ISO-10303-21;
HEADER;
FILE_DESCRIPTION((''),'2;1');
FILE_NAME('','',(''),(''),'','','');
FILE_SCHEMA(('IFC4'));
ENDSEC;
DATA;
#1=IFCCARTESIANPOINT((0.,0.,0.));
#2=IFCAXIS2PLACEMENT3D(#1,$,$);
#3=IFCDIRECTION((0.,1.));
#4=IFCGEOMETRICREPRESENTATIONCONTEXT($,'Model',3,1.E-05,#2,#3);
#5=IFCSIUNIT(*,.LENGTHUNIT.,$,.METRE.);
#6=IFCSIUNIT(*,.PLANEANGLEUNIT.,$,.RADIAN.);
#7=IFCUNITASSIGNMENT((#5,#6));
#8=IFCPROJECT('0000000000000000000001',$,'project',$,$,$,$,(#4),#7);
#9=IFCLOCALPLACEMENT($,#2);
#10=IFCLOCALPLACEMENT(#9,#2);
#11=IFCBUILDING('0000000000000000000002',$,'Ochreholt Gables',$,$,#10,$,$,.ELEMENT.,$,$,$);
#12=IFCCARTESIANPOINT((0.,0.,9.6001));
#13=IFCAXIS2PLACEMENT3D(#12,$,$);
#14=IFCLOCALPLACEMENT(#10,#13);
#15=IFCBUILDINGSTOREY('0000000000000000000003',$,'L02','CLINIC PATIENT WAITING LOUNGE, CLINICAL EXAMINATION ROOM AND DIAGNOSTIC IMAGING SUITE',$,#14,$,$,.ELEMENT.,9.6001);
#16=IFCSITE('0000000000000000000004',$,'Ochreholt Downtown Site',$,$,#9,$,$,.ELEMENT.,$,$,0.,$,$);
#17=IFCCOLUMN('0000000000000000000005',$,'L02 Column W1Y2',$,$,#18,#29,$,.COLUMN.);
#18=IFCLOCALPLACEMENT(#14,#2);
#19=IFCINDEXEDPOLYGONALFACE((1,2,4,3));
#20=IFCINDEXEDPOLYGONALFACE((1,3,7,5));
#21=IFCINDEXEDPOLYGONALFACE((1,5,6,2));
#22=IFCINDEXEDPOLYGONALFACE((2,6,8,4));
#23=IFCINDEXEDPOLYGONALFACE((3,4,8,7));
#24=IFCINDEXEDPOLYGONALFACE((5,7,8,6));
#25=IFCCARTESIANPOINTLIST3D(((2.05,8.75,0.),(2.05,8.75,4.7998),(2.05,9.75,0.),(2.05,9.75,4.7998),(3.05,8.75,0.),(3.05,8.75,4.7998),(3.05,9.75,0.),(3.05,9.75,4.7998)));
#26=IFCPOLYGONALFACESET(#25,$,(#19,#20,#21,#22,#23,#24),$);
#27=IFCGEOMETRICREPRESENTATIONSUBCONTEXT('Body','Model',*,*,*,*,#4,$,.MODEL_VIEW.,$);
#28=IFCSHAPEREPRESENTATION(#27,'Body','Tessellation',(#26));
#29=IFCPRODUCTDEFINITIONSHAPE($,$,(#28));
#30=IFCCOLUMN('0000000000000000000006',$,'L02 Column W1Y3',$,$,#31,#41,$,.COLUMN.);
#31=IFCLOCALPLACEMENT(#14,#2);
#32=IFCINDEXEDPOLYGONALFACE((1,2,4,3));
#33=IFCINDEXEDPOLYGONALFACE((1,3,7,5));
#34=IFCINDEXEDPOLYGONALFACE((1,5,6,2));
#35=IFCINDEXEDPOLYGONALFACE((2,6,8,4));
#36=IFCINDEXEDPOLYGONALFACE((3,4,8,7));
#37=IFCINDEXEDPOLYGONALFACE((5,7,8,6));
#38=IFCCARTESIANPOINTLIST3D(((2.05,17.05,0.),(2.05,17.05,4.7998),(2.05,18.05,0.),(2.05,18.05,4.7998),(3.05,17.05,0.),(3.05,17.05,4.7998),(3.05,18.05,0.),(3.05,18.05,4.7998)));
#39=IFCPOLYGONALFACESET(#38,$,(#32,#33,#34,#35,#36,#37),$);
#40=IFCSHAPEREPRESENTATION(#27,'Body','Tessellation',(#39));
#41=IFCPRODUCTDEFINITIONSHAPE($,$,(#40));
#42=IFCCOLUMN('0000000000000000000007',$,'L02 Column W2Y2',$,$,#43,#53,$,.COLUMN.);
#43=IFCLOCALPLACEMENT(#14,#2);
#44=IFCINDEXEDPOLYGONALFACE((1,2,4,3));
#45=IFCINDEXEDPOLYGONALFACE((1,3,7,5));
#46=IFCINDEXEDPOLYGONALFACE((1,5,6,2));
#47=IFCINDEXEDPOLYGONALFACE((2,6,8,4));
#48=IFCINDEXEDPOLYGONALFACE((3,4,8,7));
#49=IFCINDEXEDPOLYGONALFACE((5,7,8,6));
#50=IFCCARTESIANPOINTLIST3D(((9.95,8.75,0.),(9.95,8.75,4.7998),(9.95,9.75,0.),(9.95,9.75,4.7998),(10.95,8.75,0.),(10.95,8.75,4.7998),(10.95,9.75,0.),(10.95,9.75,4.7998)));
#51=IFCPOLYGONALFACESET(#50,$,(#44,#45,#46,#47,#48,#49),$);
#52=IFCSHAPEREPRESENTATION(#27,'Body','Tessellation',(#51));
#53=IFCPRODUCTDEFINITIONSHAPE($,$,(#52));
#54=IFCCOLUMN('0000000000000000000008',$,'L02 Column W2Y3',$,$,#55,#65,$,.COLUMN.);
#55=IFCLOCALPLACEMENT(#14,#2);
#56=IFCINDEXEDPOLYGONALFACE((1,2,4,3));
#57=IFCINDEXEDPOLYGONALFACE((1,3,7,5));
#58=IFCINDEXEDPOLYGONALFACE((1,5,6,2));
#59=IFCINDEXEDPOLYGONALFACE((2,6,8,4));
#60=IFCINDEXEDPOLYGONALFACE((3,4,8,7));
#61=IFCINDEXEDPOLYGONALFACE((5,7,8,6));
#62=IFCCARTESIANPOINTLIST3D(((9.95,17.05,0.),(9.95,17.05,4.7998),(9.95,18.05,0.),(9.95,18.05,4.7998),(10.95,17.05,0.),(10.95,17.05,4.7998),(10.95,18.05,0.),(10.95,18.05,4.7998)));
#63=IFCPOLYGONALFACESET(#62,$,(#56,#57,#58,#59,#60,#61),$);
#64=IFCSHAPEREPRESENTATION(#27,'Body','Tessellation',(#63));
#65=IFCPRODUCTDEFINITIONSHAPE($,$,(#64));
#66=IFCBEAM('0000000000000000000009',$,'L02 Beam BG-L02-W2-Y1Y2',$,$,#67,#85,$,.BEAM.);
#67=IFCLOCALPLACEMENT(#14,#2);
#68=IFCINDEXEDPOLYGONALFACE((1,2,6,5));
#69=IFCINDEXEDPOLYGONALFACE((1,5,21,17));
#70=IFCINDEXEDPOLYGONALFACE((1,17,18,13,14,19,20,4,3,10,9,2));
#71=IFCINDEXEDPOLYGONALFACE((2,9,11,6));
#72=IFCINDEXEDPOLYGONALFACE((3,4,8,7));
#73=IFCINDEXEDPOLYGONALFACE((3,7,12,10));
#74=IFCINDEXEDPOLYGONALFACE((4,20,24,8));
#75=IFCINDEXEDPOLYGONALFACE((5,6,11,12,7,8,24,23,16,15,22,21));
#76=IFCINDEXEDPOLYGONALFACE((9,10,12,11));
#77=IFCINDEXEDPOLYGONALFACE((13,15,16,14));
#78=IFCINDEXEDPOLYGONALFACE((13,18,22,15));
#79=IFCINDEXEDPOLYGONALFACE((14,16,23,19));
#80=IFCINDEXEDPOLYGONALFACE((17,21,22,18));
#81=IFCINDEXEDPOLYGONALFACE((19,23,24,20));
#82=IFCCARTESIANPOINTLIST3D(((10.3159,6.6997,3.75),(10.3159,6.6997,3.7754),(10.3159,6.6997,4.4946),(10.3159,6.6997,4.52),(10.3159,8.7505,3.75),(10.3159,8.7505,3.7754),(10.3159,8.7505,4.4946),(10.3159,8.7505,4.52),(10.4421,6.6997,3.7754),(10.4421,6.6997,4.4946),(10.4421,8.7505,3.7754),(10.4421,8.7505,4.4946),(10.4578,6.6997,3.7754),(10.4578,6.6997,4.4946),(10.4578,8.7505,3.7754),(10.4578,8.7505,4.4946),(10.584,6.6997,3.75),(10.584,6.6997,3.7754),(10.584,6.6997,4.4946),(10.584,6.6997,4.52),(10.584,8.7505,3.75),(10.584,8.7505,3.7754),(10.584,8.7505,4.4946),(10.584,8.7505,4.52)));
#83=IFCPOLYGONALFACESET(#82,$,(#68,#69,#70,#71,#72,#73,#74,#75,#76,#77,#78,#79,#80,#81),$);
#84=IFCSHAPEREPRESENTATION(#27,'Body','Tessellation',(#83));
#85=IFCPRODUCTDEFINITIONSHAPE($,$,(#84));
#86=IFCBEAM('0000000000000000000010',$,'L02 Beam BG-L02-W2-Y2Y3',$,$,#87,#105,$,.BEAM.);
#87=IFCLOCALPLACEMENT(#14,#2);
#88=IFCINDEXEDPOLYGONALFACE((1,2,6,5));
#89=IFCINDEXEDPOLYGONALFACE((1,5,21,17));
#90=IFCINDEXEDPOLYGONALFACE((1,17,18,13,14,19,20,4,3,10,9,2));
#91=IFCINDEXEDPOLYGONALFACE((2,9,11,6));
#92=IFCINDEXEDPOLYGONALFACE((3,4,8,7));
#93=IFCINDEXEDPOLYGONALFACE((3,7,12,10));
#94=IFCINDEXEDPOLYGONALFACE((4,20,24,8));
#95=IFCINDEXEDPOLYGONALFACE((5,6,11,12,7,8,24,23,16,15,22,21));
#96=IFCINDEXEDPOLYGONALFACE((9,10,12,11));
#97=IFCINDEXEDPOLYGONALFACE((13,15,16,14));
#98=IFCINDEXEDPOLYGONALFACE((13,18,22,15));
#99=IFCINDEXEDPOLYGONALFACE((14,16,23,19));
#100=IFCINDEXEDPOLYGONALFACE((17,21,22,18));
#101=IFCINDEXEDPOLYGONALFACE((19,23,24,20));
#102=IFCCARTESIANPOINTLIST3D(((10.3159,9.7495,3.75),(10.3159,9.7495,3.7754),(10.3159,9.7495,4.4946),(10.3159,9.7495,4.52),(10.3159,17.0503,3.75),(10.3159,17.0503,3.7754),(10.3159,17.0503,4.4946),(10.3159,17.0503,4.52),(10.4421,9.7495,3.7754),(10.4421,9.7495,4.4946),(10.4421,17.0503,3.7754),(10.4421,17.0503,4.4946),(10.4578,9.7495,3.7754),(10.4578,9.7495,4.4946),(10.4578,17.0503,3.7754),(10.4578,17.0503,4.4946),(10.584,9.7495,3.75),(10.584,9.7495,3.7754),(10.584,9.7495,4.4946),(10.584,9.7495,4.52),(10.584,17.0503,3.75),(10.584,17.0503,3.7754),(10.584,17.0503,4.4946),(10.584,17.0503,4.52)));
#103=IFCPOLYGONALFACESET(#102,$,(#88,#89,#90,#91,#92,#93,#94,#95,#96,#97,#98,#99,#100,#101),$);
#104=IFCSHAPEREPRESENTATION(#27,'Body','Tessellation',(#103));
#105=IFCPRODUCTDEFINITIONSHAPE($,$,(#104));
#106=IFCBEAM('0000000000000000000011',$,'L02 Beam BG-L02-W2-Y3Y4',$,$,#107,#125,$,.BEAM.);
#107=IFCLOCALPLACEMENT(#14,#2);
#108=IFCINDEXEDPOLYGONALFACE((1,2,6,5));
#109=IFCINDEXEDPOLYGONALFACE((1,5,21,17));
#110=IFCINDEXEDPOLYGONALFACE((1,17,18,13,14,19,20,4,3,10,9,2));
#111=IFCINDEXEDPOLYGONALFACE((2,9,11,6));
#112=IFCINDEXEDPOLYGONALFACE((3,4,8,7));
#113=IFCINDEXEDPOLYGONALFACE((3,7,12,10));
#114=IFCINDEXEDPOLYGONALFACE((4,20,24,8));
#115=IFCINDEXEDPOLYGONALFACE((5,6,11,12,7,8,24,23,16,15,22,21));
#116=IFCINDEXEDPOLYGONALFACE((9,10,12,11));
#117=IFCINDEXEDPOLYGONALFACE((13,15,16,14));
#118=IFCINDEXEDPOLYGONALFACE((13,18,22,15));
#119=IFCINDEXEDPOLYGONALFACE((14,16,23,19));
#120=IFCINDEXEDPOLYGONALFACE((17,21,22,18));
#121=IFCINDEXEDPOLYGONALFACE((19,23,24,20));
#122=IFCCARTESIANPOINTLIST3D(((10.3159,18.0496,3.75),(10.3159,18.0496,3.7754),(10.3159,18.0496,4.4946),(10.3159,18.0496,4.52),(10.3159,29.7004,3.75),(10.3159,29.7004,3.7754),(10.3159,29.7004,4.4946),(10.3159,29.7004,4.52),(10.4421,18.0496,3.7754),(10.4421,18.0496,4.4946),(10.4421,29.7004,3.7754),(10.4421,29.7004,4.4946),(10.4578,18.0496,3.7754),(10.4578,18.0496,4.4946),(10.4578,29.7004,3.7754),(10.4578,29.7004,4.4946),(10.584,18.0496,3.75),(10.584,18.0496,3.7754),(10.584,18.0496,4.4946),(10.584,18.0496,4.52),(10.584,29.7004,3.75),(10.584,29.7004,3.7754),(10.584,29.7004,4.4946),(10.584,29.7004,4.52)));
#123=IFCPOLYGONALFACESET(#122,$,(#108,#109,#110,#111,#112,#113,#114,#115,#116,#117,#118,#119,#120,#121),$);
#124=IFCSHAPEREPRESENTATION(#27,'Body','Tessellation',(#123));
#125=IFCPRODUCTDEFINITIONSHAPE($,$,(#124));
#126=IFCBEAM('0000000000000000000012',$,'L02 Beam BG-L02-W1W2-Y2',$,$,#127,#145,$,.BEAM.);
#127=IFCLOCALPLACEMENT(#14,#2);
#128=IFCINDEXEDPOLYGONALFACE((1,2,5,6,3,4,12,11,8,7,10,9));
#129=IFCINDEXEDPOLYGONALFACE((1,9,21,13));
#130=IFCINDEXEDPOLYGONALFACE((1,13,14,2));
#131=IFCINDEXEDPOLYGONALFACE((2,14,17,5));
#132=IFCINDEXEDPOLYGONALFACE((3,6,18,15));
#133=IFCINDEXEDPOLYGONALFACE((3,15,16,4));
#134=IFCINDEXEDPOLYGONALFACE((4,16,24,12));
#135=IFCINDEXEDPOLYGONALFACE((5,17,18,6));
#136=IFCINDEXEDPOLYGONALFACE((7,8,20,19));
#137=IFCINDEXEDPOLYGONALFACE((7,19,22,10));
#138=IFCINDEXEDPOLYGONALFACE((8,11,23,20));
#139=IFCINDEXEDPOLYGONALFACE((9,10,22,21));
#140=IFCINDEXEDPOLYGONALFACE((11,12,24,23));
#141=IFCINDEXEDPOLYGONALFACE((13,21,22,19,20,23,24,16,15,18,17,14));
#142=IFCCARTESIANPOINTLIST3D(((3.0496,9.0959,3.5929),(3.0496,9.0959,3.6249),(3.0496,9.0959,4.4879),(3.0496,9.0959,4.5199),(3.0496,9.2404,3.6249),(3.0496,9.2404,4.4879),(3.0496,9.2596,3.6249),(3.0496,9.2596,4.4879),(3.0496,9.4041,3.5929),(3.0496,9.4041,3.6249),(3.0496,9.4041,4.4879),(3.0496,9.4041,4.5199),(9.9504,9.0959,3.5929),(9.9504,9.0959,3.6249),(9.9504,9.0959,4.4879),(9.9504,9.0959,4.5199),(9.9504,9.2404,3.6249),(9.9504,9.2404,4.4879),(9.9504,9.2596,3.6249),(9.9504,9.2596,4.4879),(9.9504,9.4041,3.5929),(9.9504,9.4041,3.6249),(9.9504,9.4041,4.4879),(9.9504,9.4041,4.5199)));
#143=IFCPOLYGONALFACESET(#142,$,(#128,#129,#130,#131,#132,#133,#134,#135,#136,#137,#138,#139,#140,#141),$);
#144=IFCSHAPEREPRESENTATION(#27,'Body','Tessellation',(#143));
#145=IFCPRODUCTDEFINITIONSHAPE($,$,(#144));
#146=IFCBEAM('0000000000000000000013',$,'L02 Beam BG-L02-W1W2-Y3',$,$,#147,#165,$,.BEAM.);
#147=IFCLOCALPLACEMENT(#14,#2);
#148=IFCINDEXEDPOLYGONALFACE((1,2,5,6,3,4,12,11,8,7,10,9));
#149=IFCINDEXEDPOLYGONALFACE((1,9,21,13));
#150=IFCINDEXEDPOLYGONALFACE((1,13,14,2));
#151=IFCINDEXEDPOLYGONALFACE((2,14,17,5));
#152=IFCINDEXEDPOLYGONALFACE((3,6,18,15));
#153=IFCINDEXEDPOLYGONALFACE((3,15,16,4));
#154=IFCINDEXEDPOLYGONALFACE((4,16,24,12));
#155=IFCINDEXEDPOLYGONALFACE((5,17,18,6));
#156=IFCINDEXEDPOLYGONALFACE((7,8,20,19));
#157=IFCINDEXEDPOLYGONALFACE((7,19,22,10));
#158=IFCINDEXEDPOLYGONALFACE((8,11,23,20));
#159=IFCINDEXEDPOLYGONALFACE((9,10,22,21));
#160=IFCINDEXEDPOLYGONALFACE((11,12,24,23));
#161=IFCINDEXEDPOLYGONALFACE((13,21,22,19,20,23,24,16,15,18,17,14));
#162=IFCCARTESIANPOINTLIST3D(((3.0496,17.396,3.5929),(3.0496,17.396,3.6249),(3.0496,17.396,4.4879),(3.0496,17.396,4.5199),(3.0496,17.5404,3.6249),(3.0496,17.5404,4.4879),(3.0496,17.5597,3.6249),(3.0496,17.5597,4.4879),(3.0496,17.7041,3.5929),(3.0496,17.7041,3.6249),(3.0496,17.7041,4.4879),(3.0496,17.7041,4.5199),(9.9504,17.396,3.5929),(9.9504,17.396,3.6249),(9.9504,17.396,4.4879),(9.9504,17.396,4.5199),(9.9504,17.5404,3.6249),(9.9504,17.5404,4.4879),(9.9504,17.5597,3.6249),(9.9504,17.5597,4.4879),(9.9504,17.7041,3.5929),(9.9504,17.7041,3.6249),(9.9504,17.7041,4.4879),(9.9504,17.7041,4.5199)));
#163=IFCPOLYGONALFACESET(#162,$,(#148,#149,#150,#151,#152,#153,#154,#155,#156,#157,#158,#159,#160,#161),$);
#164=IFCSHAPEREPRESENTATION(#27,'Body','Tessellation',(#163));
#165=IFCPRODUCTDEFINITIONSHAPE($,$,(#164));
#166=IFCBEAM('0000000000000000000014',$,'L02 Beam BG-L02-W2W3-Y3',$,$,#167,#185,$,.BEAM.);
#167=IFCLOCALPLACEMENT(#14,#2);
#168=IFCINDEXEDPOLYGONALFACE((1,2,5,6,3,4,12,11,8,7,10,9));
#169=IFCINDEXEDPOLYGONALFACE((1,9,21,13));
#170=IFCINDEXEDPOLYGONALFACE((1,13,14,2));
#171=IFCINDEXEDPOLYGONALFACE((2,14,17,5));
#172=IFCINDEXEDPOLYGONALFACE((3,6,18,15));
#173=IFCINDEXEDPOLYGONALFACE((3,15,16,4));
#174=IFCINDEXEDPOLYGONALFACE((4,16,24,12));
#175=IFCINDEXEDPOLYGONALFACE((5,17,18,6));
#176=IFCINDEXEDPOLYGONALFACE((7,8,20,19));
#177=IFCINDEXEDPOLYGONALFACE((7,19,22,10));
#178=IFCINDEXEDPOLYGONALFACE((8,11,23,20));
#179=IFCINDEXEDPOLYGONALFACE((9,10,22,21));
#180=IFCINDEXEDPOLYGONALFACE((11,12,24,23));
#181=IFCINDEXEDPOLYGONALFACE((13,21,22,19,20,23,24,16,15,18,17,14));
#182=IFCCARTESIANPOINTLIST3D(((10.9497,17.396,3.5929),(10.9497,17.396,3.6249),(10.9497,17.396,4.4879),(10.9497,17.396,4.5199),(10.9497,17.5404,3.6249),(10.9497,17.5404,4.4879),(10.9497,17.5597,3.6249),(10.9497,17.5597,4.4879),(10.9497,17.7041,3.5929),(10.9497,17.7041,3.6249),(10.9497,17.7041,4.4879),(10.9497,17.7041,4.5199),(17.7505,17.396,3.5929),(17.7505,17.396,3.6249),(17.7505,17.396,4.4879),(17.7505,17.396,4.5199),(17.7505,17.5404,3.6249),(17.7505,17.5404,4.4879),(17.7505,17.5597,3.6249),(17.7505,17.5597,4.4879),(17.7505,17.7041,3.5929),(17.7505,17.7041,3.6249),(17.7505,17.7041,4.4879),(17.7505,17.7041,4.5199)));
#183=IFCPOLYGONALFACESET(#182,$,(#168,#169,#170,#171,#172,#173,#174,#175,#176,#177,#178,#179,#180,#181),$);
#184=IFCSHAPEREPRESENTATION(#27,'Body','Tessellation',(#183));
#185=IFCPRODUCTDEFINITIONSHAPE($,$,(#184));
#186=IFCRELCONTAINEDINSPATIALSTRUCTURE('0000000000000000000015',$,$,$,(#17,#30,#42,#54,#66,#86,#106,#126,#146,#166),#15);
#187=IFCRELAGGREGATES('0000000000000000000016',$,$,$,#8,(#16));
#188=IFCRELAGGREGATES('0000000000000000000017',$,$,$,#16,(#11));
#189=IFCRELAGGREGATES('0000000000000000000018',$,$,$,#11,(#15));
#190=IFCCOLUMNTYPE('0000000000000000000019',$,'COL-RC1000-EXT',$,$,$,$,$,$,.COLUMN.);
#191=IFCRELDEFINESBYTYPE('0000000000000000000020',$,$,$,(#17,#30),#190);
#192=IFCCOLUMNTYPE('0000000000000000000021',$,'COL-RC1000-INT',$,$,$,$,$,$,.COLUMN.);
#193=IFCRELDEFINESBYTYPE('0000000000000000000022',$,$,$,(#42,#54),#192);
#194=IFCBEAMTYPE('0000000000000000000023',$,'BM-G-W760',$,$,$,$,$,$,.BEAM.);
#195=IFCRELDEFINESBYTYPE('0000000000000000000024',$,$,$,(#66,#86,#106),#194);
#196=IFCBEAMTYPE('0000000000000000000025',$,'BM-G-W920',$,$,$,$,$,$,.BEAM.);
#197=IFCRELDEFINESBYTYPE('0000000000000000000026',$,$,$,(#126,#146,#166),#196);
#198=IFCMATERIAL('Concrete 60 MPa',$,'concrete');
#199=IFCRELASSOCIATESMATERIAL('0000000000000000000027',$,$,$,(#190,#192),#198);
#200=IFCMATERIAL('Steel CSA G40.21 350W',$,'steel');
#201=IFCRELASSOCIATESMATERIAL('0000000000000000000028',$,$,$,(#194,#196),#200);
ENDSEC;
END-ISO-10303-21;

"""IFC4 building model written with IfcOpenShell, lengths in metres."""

from ifc_helpers import new_model, si_unit, direction, frame, origin, origin_2d, place, context, subcontext, project, spatial, rectangle, i_section, extrude, material, material_profile, profile_set, type_object, element, save


model = new_model("IFC4")

# Units and contexts
model_context = context("Model", 3, precision=1e-05, world=origin(), true_north=direction((0.0, 1.0)))
body_context = subcontext(model_context, "Body", "Model", "MODEL_VIEW")
ifc_project = project(units=[si_unit("LENGTHUNIT", "METRE"), si_unit("PLANEANGLEUNIT", "RADIAN")], contexts=[model_context])

# Site, building, storey
site_placement = place(None, origin())
site = spatial("IfcSite", under=ifc_project, at=site_placement, Name="Ochreholt Downtown Site", CompositionType="ELEMENT", RefElevation=0.0)
building_placement = place(site_placement, origin())
building = spatial("IfcBuilding", under=site, at=building_placement, Name="Ochreholt Gables", CompositionType="ELEMENT")
storey_placement = place(building_placement, frame((0.0, 0.0, 9.6001)))
storey = spatial("IfcBuildingStorey", under=building, at=storey_placement, Name="L02", Description="CLINIC PATIENT WAITING LOUNGE, CLINICAL EXAMINATION ROOM AND DIAGNOSTIC IMAGING SUITE", CompositionType="ELEMENT", Elevation=9.6001)

# Columns
ifc_material_1 = material(Name="Concrete 60 MPa", Category="concrete")
ifc_material_profile_1 = material_profile(ifc_material_1, rectangle(XDim=1.0, YDim=1.0, at=origin_2d()), Name="RC1000X1000")
ifc_profile_set_1 = profile_set([ifc_material_profile_1], Name="Concrete 60 MPa")
column_type_1 = type_object("IfcColumnType", Name="COL-RC1000-EXT", PredefinedType="COLUMN", material=ifc_profile_set_1)
for number, where, z_axis, x_axis, name in (
    (1, (2.55, 9.25, 0.0), (0.0, 0.0, 1.0), (1.0, 0.0, 0.0), "L02 Column W1Y2"),
    (2, (2.55, 17.55, 0.0), (0.0, 0.0, 1.0), (1.0, 0.0, 0.0), "L02 Column W1Y3"),
):
    element("IfcColumn", number, at=place(storey_placement, frame(where, z_axis=z_axis, x_axis=x_axis)), inside=storey, type_object=column_type_1, Name=name, PredefinedType="COLUMN", context=body_context, shape_type="SweptSolid", body=[
        extrude(rectangle(XDim=1.0, YDim=1.0, at=origin_2d()), origin(), (0.0, 0.0, 1.0), 4.7998),
    ])
ifc_material_profile_2 = material_profile(ifc_material_1, rectangle(XDim=1.0, YDim=1.0, at=origin_2d()), Name="RC1000X1000")
ifc_profile_set_2 = profile_set([ifc_material_profile_2], Name="Concrete 60 MPa")
column_type_2 = type_object("IfcColumnType", Name="COL-RC1000-INT", PredefinedType="COLUMN", material=ifc_profile_set_2)
for number, where, z_axis, x_axis, name in (
    (3, (10.45, 9.25, 0.0), (0.0, 0.0, 1.0), (1.0, 0.0, 0.0), "L02 Column W2Y2"),
    (4, (10.45, 17.55, 0.0), (0.0, 0.0, 1.0), (1.0, 0.0, 0.0), "L02 Column W2Y3"),
):
    element("IfcColumn", number, at=place(storey_placement, frame(where, z_axis=z_axis, x_axis=x_axis)), inside=storey, type_object=column_type_2, Name=name, PredefinedType="COLUMN", context=body_context, shape_type="SweptSolid", body=[
        extrude(rectangle(XDim=1.0, YDim=1.0, at=origin_2d()), origin(), (0.0, 0.0, 1.0), 4.7998),
    ])

# Beams
ifc_material_2 = material(Name="Steel CSA G40.21 350W", Category="steel")
ifc_material_profile_3 = material_profile(ifc_material_2, i_section(OverallWidth=0.2681, OverallDepth=0.77, WebThickness=0.0156, FlangeThickness=0.0254, at=origin_2d()), Name="W760X196")
ifc_profile_set_3 = profile_set([ifc_material_profile_3], Name="Steel CSA G40.21 350W")
beam_type_1 = type_object("IfcBeamType", Name="BM-G-W760", PredefinedType="BEAM", material=ifc_profile_set_3)
beam_1_placement = place(storey_placement, frame((10.45, 6.6997, 4.135), z_axis=(0.0, 1.0, 0.0), x_axis=(-1.0, 0.0, 0.0)))
element("IfcBeam", 5, at=beam_1_placement, inside=storey, type_object=beam_type_1, Name="L02 Beam BG-L02-W2-Y1Y2", PredefinedType="BEAM", context=body_context, shape_type="SweptSolid", body=[
    extrude(i_section(OverallWidth=0.2681, OverallDepth=0.77, WebThickness=0.0156, FlangeThickness=0.0254, at=origin_2d()), origin(), (0.0, 0.0, 1.0), 2.0508),
])
beam_2_placement = place(storey_placement, frame((10.45, 9.7495, 4.135), z_axis=(0.0, 1.0, 0.0), x_axis=(-1.0, 0.0, 0.0)))
element("IfcBeam", 6, at=beam_2_placement, inside=storey, type_object=beam_type_1, Name="L02 Beam BG-L02-W2-Y2Y3", PredefinedType="BEAM", context=body_context, shape_type="SweptSolid", body=[
    extrude(i_section(OverallWidth=0.2681, OverallDepth=0.77, WebThickness=0.0156, FlangeThickness=0.0254, at=origin_2d()), origin(), (0.0, 0.0, 1.0), 7.3008),
])
beam_3_placement = place(storey_placement, frame((10.45, 18.0496, 4.135), z_axis=(0.0, 1.0, 0.0), x_axis=(-1.0, 0.0, 0.0)))
element("IfcBeam", 7, at=beam_3_placement, inside=storey, type_object=beam_type_1, Name="L02 Beam BG-L02-W2-Y3Y4", PredefinedType="BEAM", context=body_context, shape_type="SweptSolid", body=[
    extrude(i_section(OverallWidth=0.2681, OverallDepth=0.77, WebThickness=0.0156, FlangeThickness=0.0254, at=origin_2d()), origin(), (0.0, 0.0, 1.0), 11.6509),
])
ifc_material_profile_4 = material_profile(ifc_material_2, i_section(OverallWidth=0.3081, OverallDepth=0.927, WebThickness=0.0193, FlangeThickness=0.032, at=origin_2d()), Name="W920X289")
ifc_profile_set_4 = profile_set([ifc_material_profile_4], Name="Steel CSA G40.21 350W")
beam_type_2 = type_object("IfcBeamType", Name="BM-G-W920", PredefinedType="BEAM", material=ifc_profile_set_4)
for number, where, z_axis, x_axis, name in (
    (8, (3.0496, 9.25, 4.0564), (1.0, 0.0, 0.0), (0.0, 1.0, 0.0), "L02 Beam BG-L02-W1W2-Y2"),
    (9, (3.0496, 17.55, 4.0564), (1.0, 0.0, 0.0), (0.0, 1.0, 0.0), "L02 Beam BG-L02-W1W2-Y3"),
):
    element("IfcBeam", number, at=place(storey_placement, frame(where, z_axis=z_axis, x_axis=x_axis)), inside=storey, type_object=beam_type_2, Name=name, PredefinedType="BEAM", context=body_context, shape_type="SweptSolid", body=[
        extrude(i_section(OverallWidth=0.3081, OverallDepth=0.927, WebThickness=0.0193, FlangeThickness=0.032, at=origin_2d()), origin(), (0.0, 0.0, 1.0), 6.9009),
    ])
beam_4_placement = place(storey_placement, frame((10.9497, 17.55, 4.0564), z_axis=(1.0, 0.0, 0.0), x_axis=(0.0, 1.0, 0.0)))
element("IfcBeam", 10, at=beam_4_placement, inside=storey, type_object=beam_type_2, Name="L02 Beam BG-L02-W2W3-Y3", PredefinedType="BEAM", context=body_context, shape_type="SweptSolid", body=[
    extrude(i_section(OverallWidth=0.3081, OverallDepth=0.927, WebThickness=0.0193, FlangeThickness=0.032, at=origin_2d()), origin(), (0.0, 0.0, 1.0), 6.8008),
])

save(model, "model.ifc")
